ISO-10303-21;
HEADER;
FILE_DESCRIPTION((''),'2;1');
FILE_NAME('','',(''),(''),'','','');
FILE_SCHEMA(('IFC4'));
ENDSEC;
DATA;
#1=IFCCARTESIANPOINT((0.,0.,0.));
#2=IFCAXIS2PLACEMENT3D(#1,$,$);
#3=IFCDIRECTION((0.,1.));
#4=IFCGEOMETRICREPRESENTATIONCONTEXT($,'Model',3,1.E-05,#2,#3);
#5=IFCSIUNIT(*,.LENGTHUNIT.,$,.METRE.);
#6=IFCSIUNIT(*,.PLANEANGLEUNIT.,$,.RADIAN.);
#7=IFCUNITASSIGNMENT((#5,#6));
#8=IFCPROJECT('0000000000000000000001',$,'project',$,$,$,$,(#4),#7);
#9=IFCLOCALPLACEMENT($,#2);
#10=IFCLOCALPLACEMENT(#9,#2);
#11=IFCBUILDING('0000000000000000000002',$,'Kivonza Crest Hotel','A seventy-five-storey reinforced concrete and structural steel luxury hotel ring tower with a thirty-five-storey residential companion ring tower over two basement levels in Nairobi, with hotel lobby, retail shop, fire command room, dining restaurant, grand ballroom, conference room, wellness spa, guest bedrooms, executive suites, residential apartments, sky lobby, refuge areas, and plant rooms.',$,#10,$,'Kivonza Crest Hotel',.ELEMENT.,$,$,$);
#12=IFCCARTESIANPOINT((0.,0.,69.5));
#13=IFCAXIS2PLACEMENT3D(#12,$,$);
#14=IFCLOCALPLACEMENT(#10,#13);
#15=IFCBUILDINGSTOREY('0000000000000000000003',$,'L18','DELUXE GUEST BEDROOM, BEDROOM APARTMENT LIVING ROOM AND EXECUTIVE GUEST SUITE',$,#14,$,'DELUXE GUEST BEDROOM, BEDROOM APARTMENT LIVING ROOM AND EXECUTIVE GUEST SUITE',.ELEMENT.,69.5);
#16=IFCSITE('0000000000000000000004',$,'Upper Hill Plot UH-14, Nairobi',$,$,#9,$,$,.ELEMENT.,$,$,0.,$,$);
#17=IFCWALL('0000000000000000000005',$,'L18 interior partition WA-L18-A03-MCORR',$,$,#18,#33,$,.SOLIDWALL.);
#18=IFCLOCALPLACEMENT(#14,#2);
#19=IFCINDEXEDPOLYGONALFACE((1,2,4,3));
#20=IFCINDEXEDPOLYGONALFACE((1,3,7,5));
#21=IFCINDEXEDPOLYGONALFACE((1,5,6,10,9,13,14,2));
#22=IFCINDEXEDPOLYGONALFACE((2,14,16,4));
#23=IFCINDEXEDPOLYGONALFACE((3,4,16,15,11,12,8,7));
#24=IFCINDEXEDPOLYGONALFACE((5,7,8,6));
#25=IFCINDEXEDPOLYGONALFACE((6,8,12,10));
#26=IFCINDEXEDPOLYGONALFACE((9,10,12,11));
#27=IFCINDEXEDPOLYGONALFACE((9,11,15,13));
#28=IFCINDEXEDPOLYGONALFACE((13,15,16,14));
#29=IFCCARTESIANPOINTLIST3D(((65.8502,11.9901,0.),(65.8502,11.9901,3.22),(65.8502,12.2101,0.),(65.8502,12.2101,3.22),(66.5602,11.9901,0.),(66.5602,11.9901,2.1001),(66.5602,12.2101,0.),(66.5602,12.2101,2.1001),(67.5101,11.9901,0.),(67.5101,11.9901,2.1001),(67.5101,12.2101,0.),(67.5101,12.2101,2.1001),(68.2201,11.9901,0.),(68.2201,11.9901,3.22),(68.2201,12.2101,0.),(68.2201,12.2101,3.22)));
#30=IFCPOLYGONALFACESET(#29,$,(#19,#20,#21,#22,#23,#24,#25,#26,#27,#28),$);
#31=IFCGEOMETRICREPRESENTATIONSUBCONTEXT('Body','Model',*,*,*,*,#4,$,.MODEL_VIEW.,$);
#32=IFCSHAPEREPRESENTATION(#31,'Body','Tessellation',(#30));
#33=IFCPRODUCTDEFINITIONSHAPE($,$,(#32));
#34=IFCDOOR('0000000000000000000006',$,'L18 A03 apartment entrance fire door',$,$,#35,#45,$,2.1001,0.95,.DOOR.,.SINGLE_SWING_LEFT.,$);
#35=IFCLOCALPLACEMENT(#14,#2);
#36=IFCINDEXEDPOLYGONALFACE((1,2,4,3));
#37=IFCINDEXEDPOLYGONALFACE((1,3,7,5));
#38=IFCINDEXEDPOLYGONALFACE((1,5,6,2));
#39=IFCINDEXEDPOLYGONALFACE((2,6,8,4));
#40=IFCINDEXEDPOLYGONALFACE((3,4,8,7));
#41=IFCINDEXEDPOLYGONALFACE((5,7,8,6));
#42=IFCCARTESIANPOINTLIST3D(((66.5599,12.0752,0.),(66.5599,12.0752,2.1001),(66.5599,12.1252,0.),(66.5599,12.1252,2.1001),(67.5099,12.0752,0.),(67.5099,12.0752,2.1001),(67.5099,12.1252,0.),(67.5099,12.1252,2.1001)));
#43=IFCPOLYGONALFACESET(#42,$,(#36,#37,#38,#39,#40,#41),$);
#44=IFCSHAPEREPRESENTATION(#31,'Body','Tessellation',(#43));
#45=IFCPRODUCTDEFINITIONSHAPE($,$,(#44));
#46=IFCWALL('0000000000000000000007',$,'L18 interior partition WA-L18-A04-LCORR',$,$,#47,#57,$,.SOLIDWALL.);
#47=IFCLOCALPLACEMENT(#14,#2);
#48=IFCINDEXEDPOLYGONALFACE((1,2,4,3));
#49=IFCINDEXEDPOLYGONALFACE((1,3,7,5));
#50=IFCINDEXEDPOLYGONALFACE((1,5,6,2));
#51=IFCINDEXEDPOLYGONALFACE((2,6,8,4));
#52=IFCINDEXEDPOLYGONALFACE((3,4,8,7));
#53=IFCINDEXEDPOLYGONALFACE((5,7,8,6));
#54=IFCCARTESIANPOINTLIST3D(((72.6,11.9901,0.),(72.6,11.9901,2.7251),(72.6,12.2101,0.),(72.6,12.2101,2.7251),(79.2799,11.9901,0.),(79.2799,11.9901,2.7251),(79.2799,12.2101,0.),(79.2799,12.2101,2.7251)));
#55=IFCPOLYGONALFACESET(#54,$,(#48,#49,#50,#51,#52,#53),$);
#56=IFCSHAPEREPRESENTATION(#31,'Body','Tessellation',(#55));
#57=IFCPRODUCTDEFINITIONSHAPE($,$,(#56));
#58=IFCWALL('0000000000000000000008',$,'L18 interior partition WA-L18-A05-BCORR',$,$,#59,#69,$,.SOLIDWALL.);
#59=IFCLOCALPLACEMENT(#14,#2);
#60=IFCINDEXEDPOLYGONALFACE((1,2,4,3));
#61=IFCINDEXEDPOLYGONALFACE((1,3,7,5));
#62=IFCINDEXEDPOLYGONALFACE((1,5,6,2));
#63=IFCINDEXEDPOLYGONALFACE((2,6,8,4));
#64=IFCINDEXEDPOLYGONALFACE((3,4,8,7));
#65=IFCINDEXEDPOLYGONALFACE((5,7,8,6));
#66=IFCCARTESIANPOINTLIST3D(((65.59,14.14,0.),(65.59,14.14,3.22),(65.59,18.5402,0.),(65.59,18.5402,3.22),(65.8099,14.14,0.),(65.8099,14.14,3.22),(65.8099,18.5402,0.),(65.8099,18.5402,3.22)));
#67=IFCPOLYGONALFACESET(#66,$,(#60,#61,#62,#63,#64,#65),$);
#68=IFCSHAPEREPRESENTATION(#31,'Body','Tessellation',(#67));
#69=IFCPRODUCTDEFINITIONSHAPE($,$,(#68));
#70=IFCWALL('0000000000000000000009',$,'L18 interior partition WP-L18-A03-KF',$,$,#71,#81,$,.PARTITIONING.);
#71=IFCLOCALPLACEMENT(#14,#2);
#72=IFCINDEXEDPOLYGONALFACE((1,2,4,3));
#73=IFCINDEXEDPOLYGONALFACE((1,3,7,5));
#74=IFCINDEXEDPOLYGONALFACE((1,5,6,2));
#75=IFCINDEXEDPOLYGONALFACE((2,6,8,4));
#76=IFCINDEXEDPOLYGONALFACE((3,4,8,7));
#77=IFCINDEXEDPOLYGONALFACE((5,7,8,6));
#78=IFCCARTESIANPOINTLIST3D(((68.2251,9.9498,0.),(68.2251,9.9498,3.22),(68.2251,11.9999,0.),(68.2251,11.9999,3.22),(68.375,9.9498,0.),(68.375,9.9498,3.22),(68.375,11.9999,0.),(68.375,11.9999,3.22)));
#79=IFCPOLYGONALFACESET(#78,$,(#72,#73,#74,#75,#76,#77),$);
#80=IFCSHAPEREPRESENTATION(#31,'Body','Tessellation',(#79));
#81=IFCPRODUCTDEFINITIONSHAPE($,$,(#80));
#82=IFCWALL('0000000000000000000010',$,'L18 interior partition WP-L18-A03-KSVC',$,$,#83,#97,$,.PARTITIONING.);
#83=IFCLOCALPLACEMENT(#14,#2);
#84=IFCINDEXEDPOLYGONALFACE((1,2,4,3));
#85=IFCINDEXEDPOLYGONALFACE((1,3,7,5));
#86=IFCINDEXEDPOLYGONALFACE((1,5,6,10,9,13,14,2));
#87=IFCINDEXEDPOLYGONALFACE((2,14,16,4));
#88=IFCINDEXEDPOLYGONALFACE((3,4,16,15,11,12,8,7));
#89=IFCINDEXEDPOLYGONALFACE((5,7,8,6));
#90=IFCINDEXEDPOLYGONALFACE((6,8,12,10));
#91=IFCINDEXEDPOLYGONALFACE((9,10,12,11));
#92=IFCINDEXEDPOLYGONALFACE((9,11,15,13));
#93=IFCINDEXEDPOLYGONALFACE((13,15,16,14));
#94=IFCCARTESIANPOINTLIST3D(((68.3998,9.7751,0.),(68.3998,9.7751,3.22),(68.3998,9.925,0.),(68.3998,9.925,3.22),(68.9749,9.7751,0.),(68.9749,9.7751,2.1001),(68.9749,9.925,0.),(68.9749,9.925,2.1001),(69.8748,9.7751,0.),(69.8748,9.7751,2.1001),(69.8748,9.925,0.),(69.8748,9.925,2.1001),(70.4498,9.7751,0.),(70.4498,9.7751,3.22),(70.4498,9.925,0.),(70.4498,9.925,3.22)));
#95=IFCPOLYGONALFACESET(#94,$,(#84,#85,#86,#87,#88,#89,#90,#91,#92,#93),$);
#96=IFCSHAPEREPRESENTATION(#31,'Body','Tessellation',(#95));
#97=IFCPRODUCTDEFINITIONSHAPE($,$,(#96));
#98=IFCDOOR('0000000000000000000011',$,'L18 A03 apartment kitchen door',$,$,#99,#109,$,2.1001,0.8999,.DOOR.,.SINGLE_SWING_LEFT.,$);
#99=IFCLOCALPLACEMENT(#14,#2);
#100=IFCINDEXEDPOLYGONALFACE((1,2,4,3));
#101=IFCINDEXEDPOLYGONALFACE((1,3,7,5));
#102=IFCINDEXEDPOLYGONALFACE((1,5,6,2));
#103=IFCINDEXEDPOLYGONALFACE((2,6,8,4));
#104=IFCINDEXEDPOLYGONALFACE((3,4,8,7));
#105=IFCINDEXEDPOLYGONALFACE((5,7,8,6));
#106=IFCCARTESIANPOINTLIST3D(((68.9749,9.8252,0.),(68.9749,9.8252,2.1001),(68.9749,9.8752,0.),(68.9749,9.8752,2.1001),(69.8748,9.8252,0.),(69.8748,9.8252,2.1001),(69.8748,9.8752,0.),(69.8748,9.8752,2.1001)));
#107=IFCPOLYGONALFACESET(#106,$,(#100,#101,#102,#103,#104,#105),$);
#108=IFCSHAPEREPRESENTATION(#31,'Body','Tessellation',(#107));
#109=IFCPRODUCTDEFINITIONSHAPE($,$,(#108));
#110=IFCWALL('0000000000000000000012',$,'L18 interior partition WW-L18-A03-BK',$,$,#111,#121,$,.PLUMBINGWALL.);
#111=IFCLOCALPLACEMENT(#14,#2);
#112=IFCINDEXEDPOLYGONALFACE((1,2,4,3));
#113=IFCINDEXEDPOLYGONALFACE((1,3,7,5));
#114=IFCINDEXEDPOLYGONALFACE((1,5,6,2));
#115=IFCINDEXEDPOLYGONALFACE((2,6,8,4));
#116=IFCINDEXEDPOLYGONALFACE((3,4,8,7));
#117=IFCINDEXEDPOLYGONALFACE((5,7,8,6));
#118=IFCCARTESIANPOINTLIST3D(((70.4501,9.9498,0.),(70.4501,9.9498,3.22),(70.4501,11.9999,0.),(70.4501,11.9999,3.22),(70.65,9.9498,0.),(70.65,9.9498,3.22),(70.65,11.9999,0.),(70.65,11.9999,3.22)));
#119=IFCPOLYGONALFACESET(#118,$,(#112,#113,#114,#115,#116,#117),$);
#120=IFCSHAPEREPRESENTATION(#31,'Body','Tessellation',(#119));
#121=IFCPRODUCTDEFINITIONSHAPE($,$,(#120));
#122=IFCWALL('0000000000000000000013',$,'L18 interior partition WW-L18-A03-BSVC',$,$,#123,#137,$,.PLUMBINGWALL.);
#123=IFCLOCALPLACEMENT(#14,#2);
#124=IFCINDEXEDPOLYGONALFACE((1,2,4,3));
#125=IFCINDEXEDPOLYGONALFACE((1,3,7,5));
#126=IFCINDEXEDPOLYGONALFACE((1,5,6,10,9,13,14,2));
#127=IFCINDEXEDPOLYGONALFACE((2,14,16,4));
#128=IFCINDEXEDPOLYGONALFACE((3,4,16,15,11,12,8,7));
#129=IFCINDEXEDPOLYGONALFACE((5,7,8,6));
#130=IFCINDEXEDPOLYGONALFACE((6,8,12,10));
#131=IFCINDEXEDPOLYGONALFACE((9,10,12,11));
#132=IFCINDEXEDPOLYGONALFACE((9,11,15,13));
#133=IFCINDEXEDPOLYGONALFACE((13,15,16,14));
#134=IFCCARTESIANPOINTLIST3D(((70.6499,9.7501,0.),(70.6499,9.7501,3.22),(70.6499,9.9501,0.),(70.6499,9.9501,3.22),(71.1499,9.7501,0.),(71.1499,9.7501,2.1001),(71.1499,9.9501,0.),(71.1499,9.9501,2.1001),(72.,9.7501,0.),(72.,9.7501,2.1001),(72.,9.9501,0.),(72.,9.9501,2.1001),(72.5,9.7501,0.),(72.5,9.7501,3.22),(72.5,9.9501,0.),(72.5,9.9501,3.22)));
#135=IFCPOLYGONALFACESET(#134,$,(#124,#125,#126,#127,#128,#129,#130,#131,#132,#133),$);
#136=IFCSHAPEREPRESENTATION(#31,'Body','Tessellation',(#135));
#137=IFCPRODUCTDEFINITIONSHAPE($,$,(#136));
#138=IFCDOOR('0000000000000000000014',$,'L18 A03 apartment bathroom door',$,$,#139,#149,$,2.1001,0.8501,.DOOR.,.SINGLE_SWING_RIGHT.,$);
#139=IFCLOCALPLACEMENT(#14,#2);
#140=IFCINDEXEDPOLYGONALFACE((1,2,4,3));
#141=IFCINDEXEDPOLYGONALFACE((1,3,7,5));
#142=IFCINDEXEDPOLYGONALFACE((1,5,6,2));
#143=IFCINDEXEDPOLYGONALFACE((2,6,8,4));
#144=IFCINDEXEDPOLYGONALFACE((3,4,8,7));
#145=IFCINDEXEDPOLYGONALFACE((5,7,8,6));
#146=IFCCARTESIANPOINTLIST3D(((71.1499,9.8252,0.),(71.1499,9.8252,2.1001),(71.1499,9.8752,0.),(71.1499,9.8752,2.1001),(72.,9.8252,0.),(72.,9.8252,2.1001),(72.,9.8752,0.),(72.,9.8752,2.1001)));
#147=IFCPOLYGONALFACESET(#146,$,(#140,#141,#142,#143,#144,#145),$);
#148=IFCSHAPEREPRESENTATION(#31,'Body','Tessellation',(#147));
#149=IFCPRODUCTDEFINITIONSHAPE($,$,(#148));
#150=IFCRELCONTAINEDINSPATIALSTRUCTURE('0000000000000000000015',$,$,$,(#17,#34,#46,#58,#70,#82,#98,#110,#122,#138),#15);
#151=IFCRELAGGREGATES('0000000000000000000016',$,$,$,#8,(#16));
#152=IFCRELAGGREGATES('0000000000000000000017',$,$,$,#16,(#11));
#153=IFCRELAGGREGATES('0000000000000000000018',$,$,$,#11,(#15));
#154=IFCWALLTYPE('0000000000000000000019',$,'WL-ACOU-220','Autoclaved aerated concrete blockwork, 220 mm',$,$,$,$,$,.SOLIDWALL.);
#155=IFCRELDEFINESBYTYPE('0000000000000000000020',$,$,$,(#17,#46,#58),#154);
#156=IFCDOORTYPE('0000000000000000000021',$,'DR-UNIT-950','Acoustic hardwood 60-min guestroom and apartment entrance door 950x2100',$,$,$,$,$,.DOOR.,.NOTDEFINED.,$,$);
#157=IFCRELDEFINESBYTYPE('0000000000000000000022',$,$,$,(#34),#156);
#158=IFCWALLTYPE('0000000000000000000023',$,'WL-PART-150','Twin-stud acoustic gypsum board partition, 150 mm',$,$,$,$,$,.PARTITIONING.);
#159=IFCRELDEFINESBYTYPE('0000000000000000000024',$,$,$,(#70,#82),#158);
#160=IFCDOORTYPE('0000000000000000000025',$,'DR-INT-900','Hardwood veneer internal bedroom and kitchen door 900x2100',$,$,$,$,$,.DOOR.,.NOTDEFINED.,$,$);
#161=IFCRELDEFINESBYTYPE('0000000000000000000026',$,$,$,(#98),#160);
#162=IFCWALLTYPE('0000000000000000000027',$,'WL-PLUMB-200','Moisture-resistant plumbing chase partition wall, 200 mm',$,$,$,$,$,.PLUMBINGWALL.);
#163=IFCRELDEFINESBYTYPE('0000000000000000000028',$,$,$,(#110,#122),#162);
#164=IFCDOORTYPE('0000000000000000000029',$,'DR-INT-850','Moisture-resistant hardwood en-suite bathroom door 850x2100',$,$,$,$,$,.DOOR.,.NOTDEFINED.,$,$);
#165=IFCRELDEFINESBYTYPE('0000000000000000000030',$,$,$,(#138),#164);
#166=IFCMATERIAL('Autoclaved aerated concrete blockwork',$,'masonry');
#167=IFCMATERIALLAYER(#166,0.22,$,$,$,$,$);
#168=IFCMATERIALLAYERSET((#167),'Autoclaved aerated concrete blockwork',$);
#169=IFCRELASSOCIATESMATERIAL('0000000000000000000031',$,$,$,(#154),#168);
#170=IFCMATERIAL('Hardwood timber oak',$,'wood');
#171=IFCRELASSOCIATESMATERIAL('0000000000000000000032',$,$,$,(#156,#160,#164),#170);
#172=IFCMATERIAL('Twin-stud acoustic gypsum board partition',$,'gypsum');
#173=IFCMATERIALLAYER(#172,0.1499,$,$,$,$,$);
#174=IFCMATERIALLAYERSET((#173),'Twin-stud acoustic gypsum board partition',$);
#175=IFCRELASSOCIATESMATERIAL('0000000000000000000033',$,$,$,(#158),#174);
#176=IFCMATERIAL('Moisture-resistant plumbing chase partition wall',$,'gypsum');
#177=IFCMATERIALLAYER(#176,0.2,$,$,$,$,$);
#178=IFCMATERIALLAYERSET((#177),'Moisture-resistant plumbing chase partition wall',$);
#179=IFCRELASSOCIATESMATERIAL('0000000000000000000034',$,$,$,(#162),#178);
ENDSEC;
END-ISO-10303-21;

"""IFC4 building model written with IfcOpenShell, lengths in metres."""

from ifc_helpers import new_model, si_unit, direction, frame, frame_2d, origin, place, context, subcontext, project, spatial, rectangle, extrude, material, layer, layer_set, type_object, element, fill, save


model = new_model("IFC4")

# Units and contexts
model_context = context("Model", 3, precision=1e-05, world=origin(), true_north=direction((0.0, 1.0)))
body_context = subcontext(model_context, "Body", "Model", "MODEL_VIEW")
ifc_project = project(units=[si_unit("LENGTHUNIT", "METRE"), si_unit("PLANEANGLEUNIT", "RADIAN")], contexts=[model_context])

# Site, building, storey
site_placement = place(None, origin())
site = spatial("IfcSite", under=ifc_project, at=site_placement, Name="Upper Hill Plot UH-14, Nairobi", CompositionType="ELEMENT", RefElevation=0.0)
building_placement = place(site_placement, origin())
building = spatial("IfcBuilding", under=site, at=building_placement, Name="Kivonza Crest Hotel", Description="A seventy-five-storey reinforced concrete and structural steel luxury hotel ring tower with a thirty-five-storey residential companion ring tower over two basement levels in Nairobi, with hotel lobby, retail shop, fire command room, dining restaurant, grand ballroom, conference room, wellness spa, guest bedrooms, executive suites, residential apartments, sky lobby, refuge areas, and plant rooms.", LongName="Kivonza Crest Hotel", CompositionType="ELEMENT")
storey_placement = place(building_placement, frame((0.0, 0.0, 69.5)))
storey = spatial("IfcBuildingStorey", under=building, at=storey_placement, Name="L18", Description="DELUXE GUEST BEDROOM, BEDROOM APARTMENT LIVING ROOM AND EXECUTIVE GUEST SUITE", LongName="DELUXE GUEST BEDROOM, BEDROOM APARTMENT LIVING ROOM AND EXECUTIVE GUEST SUITE", CompositionType="ELEMENT", Elevation=69.5)

# Shared definitions
ifc_material_1 = material(Name="Autoclaved aerated concrete blockwork", Category="masonry")
ifc_layer_1 = layer(ifc_material_1, 0.22)
ifc_layer_set_1 = layer_set([ifc_layer_1], Name="Autoclaved aerated concrete blockwork")
wall_type_1 = type_object("IfcWallType", Name="WL-ACOU-220", Description="Autoclaved aerated concrete blockwork, 220 mm", PredefinedType="SOLIDWALL", material=ifc_layer_set_1)

# Wall, opening, door
wall_1_placement = place(storey_placement, frame((65.8501, 12.1001, 0.0), z_axis=(0.0, 0.0, 1.0), x_axis=(1.0, 0.0, 0.0)))
wall_1 = element("IfcWall", 1, at=wall_1_placement, inside=storey, type_object=wall_type_1, Name="L18 interior partition WA-L18-A03-MCORR", PredefinedType="SOLIDWALL", context=body_context, shape_type="SweptSolid", body=[
    extrude(rectangle(XDim=2.3699, YDim=0.22, at=frame_2d((1.1851, 0.0))), origin(), (0.0, 0.0, 1.0), 3.22),
])
opening_1_placement = place(wall_1_placement, frame((0.71, 0.0, 0.0)))
opening_1 = element("IfcOpeningElement", 2, at=opening_1_placement, cuts=wall_1, PredefinedType="OPENING", context=body_context, shape_type="SweptSolid", body=[
    extrude(rectangle(XDim=0.95, YDim=2.1001, at=frame_2d((0.4751, 1.05))), frame((0.0, 0.1201, 0.0), z_axis=(0.0, -1.0, 0.0), x_axis=(1.0, 0.0, 0.0)), (0.0, 0.0, 1.0), 0.24),
])
ifc_material_2 = material(Name="Hardwood timber oak", Category="wood")
door_type_1 = type_object("IfcDoorType", Name="DR-UNIT-950", Description="Acoustic hardwood 60-min guestroom and apartment entrance door 950x2100", OperationType="NOTDEFINED", PredefinedType="DOOR", material=ifc_material_2)
door_1_placement = place(opening_1_placement, frame((0.95, 0.0, 0.0), z_axis=(0.0, 0.0, 1.0), x_axis=(-1.0, 0.0, 0.0)))
door_1 = element("IfcDoor", 3, at=door_1_placement, inside=storey, type_object=door_type_1, Name="L18 A03 apartment entrance fire door", OperationType="SINGLE_SWING_LEFT", OverallHeight=2.1001, OverallWidth=0.95, PredefinedType="DOOR", context=body_context, shape_type="SweptSolid", body=[
    extrude(rectangle(XDim=0.95, YDim=2.1001, at=frame_2d((0.4751, 1.05))), frame((0.0, 0.0249, 0.0), z_axis=(0.0, -1.0, 0.0), x_axis=(1.0, 0.0, 0.0)), (0.0, 0.0, 1.0), 0.05),
])
fill(opening_1, door_1)

# Walls
wall_2_placement = place(storey_placement, frame((72.6001, 12.1001, 0.0), z_axis=(0.0, 0.0, 1.0), x_axis=(1.0, 0.0, 0.0)))
element("IfcWall", 4, at=wall_2_placement, inside=storey, type_object=wall_type_1, Name="L18 interior partition WA-L18-A04-LCORR", PredefinedType="SOLIDWALL", context=body_context, shape_type="SweptSolid", body=[
    extrude(rectangle(XDim=6.6799, YDim=0.22, at=frame_2d((3.3398, 0.0))), origin(), (0.0, 0.0, 1.0), 2.7251),
])
wall_3_placement = place(storey_placement, frame((65.7, 14.1399, 0.0), z_axis=(0.0, 0.0, 1.0), x_axis=(0.0, 1.0, 0.0)))
element("IfcWall", 5, at=wall_3_placement, inside=storey, type_object=wall_type_1, Name="L18 interior partition WA-L18-A05-BCORR", PredefinedType="SOLIDWALL", context=body_context, shape_type="SweptSolid", body=[
    extrude(rectangle(XDim=4.4001, YDim=0.22, at=frame_2d((2.2002, 0.0))), origin(), (0.0, 0.0, 1.0), 3.22),
])

# Wall
ifc_material_3 = material(Name="Twin-stud acoustic gypsum board partition", Category="gypsum")
ifc_layer_2 = layer(ifc_material_3, 0.1499)
ifc_layer_set_2 = layer_set([ifc_layer_2], Name="Twin-stud acoustic gypsum board partition")
wall_type_2 = type_object("IfcWallType", Name="WL-PART-150", Description="Twin-stud acoustic gypsum board partition, 150 mm", PredefinedType="PARTITIONING", material=ifc_layer_set_2)
wall_4_placement = place(storey_placement, frame((68.3, 9.95, 0.0), z_axis=(0.0, 0.0, 1.0), x_axis=(0.0, 1.0, 0.0)))
element("IfcWall", 6, at=wall_4_placement, inside=storey, type_object=wall_type_2, Name="L18 interior partition WP-L18-A03-KF", PredefinedType="PARTITIONING", context=body_context, shape_type="SweptSolid", body=[
    extrude(rectangle(XDim=2.05, YDim=0.1499, at=frame_2d((1.0249, 0.0))), origin(), (0.0, 0.0, 1.0), 3.22),
])

# Wall, opening, door
wall_5_placement = place(storey_placement, frame((68.3999, 9.8501, 0.0), z_axis=(0.0, 0.0, 1.0), x_axis=(1.0, 0.0, 0.0)))
wall_5 = element("IfcWall", 7, at=wall_5_placement, inside=storey, type_object=wall_type_2, Name="L18 interior partition WP-L18-A03-KSVC", PredefinedType="PARTITIONING", context=body_context, shape_type="SweptSolid", body=[
    extrude(rectangle(XDim=2.05, YDim=0.1499, at=frame_2d((1.0249, 0.0))), origin(), (0.0, 0.0, 1.0), 3.22),
])
opening_2_placement = place(wall_5_placement, frame((0.575, 0.0, 0.0)))
opening_2 = element("IfcOpeningElement", 8, at=opening_2_placement, cuts=wall_5, PredefinedType="OPENING", context=body_context, shape_type="SweptSolid", body=[
    extrude(rectangle(XDim=0.8999, YDim=2.1001, at=frame_2d((0.45, 1.05))), frame((0.0, 0.085, 0.0), z_axis=(0.0, -1.0, 0.0), x_axis=(1.0, 0.0, 0.0)), (0.0, 0.0, 1.0), 0.1699),
])
door_type_2 = type_object("IfcDoorType", Name="DR-INT-900", Description="Hardwood veneer internal bedroom and kitchen door 900x2100", OperationType="NOTDEFINED", PredefinedType="DOOR", material=ifc_material_2)
door_2_placement = place(opening_2_placement, frame((0.8999, 0.0, 0.0), z_axis=(0.0, 0.0, 1.0), x_axis=(-1.0, 0.0, 0.0)))
door_2 = element("IfcDoor", 9, at=door_2_placement, inside=storey, type_object=door_type_2, Name="L18 A03 apartment kitchen door", OperationType="SINGLE_SWING_LEFT", OverallHeight=2.1001, OverallWidth=0.8999, PredefinedType="DOOR", context=body_context, shape_type="SweptSolid", body=[
    extrude(rectangle(XDim=0.8999, YDim=2.1001, at=frame_2d((0.45, 1.05))), frame((0.0, 0.0249, 0.0), z_axis=(0.0, -1.0, 0.0), x_axis=(1.0, 0.0, 0.0)), (0.0, 0.0, 1.0), 0.05),
])
fill(opening_2, door_2)

# Wall
ifc_material_4 = material(Name="Moisture-resistant plumbing chase partition wall", Category="gypsum")
ifc_layer_3 = layer(ifc_material_4, 0.2)
ifc_layer_set_3 = layer_set([ifc_layer_3], Name="Moisture-resistant plumbing chase partition wall")
wall_type_3 = type_object("IfcWallType", Name="WL-PLUMB-200", Description="Moisture-resistant plumbing chase partition wall, 200 mm", PredefinedType="PLUMBINGWALL", material=ifc_layer_set_3)
wall_6_placement = place(storey_placement, frame((70.55, 9.95, 0.0), z_axis=(0.0, 0.0, 1.0), x_axis=(0.0, 1.0, 0.0)))
element("IfcWall", 10, at=wall_6_placement, inside=storey, type_object=wall_type_3, Name="L18 interior partition WW-L18-A03-BK", PredefinedType="PLUMBINGWALL", context=body_context, shape_type="SweptSolid", body=[
    extrude(rectangle(XDim=2.05, YDim=0.2, at=frame_2d((1.0249, 0.0))), origin(), (0.0, 0.0, 1.0), 3.22),
])

# Wall, opening, door
wall_7_placement = place(storey_placement, frame((70.6499, 9.8501, 0.0), z_axis=(0.0, 0.0, 1.0), x_axis=(1.0, 0.0, 0.0)))
wall_7 = element("IfcWall", 11, at=wall_7_placement, inside=storey, type_object=wall_type_3, Name="L18 interior partition WW-L18-A03-BSVC", PredefinedType="PLUMBINGWALL", context=body_context, shape_type="SweptSolid", body=[
    extrude(rectangle(XDim=1.8501, YDim=0.2, at=frame_2d((0.925, 0.0))), origin(), (0.0, 0.0, 1.0), 3.22),
])
opening_3_placement = place(wall_7_placement, frame((0.5, 0.0, 0.0)))
opening_3 = element("IfcOpeningElement", 12, at=opening_3_placement, cuts=wall_7, PredefinedType="OPENING", context=body_context, shape_type="SweptSolid", body=[
    extrude(rectangle(XDim=0.8501, YDim=2.1001, at=frame_2d((0.425, 1.05))), frame((0.0, 0.1099, 0.0), z_axis=(0.0, -1.0, 0.0), x_axis=(1.0, 0.0, 0.0)), (0.0, 0.0, 1.0), 0.22),
])
door_type_3 = type_object("IfcDoorType", Name="DR-INT-850", Description="Moisture-resistant hardwood en-suite bathroom door 850x2100", OperationType="NOTDEFINED", PredefinedType="DOOR", material=ifc_material_2)
door_3_placement = place(opening_3_placement, frame((0.8501, 0.0, 0.0), z_axis=(0.0, 0.0, 1.0), x_axis=(-1.0, 0.0, 0.0)))
door_3 = element("IfcDoor", 13, at=door_3_placement, inside=storey, type_object=door_type_3, Name="L18 A03 apartment bathroom door", OperationType="SINGLE_SWING_RIGHT", OverallHeight=2.1001, OverallWidth=0.8501, PredefinedType="DOOR", context=body_context, shape_type="SweptSolid", body=[
    extrude(rectangle(XDim=0.8501, YDim=2.1001, at=frame_2d((0.425, 1.05))), frame((0.0, 0.0249, 0.0), z_axis=(0.0, -1.0, 0.0), x_axis=(1.0, 0.0, 0.0)), (0.0, 0.0, 1.0), 0.05),
])
fill(opening_3, door_3)

save(model, "model.ifc")
